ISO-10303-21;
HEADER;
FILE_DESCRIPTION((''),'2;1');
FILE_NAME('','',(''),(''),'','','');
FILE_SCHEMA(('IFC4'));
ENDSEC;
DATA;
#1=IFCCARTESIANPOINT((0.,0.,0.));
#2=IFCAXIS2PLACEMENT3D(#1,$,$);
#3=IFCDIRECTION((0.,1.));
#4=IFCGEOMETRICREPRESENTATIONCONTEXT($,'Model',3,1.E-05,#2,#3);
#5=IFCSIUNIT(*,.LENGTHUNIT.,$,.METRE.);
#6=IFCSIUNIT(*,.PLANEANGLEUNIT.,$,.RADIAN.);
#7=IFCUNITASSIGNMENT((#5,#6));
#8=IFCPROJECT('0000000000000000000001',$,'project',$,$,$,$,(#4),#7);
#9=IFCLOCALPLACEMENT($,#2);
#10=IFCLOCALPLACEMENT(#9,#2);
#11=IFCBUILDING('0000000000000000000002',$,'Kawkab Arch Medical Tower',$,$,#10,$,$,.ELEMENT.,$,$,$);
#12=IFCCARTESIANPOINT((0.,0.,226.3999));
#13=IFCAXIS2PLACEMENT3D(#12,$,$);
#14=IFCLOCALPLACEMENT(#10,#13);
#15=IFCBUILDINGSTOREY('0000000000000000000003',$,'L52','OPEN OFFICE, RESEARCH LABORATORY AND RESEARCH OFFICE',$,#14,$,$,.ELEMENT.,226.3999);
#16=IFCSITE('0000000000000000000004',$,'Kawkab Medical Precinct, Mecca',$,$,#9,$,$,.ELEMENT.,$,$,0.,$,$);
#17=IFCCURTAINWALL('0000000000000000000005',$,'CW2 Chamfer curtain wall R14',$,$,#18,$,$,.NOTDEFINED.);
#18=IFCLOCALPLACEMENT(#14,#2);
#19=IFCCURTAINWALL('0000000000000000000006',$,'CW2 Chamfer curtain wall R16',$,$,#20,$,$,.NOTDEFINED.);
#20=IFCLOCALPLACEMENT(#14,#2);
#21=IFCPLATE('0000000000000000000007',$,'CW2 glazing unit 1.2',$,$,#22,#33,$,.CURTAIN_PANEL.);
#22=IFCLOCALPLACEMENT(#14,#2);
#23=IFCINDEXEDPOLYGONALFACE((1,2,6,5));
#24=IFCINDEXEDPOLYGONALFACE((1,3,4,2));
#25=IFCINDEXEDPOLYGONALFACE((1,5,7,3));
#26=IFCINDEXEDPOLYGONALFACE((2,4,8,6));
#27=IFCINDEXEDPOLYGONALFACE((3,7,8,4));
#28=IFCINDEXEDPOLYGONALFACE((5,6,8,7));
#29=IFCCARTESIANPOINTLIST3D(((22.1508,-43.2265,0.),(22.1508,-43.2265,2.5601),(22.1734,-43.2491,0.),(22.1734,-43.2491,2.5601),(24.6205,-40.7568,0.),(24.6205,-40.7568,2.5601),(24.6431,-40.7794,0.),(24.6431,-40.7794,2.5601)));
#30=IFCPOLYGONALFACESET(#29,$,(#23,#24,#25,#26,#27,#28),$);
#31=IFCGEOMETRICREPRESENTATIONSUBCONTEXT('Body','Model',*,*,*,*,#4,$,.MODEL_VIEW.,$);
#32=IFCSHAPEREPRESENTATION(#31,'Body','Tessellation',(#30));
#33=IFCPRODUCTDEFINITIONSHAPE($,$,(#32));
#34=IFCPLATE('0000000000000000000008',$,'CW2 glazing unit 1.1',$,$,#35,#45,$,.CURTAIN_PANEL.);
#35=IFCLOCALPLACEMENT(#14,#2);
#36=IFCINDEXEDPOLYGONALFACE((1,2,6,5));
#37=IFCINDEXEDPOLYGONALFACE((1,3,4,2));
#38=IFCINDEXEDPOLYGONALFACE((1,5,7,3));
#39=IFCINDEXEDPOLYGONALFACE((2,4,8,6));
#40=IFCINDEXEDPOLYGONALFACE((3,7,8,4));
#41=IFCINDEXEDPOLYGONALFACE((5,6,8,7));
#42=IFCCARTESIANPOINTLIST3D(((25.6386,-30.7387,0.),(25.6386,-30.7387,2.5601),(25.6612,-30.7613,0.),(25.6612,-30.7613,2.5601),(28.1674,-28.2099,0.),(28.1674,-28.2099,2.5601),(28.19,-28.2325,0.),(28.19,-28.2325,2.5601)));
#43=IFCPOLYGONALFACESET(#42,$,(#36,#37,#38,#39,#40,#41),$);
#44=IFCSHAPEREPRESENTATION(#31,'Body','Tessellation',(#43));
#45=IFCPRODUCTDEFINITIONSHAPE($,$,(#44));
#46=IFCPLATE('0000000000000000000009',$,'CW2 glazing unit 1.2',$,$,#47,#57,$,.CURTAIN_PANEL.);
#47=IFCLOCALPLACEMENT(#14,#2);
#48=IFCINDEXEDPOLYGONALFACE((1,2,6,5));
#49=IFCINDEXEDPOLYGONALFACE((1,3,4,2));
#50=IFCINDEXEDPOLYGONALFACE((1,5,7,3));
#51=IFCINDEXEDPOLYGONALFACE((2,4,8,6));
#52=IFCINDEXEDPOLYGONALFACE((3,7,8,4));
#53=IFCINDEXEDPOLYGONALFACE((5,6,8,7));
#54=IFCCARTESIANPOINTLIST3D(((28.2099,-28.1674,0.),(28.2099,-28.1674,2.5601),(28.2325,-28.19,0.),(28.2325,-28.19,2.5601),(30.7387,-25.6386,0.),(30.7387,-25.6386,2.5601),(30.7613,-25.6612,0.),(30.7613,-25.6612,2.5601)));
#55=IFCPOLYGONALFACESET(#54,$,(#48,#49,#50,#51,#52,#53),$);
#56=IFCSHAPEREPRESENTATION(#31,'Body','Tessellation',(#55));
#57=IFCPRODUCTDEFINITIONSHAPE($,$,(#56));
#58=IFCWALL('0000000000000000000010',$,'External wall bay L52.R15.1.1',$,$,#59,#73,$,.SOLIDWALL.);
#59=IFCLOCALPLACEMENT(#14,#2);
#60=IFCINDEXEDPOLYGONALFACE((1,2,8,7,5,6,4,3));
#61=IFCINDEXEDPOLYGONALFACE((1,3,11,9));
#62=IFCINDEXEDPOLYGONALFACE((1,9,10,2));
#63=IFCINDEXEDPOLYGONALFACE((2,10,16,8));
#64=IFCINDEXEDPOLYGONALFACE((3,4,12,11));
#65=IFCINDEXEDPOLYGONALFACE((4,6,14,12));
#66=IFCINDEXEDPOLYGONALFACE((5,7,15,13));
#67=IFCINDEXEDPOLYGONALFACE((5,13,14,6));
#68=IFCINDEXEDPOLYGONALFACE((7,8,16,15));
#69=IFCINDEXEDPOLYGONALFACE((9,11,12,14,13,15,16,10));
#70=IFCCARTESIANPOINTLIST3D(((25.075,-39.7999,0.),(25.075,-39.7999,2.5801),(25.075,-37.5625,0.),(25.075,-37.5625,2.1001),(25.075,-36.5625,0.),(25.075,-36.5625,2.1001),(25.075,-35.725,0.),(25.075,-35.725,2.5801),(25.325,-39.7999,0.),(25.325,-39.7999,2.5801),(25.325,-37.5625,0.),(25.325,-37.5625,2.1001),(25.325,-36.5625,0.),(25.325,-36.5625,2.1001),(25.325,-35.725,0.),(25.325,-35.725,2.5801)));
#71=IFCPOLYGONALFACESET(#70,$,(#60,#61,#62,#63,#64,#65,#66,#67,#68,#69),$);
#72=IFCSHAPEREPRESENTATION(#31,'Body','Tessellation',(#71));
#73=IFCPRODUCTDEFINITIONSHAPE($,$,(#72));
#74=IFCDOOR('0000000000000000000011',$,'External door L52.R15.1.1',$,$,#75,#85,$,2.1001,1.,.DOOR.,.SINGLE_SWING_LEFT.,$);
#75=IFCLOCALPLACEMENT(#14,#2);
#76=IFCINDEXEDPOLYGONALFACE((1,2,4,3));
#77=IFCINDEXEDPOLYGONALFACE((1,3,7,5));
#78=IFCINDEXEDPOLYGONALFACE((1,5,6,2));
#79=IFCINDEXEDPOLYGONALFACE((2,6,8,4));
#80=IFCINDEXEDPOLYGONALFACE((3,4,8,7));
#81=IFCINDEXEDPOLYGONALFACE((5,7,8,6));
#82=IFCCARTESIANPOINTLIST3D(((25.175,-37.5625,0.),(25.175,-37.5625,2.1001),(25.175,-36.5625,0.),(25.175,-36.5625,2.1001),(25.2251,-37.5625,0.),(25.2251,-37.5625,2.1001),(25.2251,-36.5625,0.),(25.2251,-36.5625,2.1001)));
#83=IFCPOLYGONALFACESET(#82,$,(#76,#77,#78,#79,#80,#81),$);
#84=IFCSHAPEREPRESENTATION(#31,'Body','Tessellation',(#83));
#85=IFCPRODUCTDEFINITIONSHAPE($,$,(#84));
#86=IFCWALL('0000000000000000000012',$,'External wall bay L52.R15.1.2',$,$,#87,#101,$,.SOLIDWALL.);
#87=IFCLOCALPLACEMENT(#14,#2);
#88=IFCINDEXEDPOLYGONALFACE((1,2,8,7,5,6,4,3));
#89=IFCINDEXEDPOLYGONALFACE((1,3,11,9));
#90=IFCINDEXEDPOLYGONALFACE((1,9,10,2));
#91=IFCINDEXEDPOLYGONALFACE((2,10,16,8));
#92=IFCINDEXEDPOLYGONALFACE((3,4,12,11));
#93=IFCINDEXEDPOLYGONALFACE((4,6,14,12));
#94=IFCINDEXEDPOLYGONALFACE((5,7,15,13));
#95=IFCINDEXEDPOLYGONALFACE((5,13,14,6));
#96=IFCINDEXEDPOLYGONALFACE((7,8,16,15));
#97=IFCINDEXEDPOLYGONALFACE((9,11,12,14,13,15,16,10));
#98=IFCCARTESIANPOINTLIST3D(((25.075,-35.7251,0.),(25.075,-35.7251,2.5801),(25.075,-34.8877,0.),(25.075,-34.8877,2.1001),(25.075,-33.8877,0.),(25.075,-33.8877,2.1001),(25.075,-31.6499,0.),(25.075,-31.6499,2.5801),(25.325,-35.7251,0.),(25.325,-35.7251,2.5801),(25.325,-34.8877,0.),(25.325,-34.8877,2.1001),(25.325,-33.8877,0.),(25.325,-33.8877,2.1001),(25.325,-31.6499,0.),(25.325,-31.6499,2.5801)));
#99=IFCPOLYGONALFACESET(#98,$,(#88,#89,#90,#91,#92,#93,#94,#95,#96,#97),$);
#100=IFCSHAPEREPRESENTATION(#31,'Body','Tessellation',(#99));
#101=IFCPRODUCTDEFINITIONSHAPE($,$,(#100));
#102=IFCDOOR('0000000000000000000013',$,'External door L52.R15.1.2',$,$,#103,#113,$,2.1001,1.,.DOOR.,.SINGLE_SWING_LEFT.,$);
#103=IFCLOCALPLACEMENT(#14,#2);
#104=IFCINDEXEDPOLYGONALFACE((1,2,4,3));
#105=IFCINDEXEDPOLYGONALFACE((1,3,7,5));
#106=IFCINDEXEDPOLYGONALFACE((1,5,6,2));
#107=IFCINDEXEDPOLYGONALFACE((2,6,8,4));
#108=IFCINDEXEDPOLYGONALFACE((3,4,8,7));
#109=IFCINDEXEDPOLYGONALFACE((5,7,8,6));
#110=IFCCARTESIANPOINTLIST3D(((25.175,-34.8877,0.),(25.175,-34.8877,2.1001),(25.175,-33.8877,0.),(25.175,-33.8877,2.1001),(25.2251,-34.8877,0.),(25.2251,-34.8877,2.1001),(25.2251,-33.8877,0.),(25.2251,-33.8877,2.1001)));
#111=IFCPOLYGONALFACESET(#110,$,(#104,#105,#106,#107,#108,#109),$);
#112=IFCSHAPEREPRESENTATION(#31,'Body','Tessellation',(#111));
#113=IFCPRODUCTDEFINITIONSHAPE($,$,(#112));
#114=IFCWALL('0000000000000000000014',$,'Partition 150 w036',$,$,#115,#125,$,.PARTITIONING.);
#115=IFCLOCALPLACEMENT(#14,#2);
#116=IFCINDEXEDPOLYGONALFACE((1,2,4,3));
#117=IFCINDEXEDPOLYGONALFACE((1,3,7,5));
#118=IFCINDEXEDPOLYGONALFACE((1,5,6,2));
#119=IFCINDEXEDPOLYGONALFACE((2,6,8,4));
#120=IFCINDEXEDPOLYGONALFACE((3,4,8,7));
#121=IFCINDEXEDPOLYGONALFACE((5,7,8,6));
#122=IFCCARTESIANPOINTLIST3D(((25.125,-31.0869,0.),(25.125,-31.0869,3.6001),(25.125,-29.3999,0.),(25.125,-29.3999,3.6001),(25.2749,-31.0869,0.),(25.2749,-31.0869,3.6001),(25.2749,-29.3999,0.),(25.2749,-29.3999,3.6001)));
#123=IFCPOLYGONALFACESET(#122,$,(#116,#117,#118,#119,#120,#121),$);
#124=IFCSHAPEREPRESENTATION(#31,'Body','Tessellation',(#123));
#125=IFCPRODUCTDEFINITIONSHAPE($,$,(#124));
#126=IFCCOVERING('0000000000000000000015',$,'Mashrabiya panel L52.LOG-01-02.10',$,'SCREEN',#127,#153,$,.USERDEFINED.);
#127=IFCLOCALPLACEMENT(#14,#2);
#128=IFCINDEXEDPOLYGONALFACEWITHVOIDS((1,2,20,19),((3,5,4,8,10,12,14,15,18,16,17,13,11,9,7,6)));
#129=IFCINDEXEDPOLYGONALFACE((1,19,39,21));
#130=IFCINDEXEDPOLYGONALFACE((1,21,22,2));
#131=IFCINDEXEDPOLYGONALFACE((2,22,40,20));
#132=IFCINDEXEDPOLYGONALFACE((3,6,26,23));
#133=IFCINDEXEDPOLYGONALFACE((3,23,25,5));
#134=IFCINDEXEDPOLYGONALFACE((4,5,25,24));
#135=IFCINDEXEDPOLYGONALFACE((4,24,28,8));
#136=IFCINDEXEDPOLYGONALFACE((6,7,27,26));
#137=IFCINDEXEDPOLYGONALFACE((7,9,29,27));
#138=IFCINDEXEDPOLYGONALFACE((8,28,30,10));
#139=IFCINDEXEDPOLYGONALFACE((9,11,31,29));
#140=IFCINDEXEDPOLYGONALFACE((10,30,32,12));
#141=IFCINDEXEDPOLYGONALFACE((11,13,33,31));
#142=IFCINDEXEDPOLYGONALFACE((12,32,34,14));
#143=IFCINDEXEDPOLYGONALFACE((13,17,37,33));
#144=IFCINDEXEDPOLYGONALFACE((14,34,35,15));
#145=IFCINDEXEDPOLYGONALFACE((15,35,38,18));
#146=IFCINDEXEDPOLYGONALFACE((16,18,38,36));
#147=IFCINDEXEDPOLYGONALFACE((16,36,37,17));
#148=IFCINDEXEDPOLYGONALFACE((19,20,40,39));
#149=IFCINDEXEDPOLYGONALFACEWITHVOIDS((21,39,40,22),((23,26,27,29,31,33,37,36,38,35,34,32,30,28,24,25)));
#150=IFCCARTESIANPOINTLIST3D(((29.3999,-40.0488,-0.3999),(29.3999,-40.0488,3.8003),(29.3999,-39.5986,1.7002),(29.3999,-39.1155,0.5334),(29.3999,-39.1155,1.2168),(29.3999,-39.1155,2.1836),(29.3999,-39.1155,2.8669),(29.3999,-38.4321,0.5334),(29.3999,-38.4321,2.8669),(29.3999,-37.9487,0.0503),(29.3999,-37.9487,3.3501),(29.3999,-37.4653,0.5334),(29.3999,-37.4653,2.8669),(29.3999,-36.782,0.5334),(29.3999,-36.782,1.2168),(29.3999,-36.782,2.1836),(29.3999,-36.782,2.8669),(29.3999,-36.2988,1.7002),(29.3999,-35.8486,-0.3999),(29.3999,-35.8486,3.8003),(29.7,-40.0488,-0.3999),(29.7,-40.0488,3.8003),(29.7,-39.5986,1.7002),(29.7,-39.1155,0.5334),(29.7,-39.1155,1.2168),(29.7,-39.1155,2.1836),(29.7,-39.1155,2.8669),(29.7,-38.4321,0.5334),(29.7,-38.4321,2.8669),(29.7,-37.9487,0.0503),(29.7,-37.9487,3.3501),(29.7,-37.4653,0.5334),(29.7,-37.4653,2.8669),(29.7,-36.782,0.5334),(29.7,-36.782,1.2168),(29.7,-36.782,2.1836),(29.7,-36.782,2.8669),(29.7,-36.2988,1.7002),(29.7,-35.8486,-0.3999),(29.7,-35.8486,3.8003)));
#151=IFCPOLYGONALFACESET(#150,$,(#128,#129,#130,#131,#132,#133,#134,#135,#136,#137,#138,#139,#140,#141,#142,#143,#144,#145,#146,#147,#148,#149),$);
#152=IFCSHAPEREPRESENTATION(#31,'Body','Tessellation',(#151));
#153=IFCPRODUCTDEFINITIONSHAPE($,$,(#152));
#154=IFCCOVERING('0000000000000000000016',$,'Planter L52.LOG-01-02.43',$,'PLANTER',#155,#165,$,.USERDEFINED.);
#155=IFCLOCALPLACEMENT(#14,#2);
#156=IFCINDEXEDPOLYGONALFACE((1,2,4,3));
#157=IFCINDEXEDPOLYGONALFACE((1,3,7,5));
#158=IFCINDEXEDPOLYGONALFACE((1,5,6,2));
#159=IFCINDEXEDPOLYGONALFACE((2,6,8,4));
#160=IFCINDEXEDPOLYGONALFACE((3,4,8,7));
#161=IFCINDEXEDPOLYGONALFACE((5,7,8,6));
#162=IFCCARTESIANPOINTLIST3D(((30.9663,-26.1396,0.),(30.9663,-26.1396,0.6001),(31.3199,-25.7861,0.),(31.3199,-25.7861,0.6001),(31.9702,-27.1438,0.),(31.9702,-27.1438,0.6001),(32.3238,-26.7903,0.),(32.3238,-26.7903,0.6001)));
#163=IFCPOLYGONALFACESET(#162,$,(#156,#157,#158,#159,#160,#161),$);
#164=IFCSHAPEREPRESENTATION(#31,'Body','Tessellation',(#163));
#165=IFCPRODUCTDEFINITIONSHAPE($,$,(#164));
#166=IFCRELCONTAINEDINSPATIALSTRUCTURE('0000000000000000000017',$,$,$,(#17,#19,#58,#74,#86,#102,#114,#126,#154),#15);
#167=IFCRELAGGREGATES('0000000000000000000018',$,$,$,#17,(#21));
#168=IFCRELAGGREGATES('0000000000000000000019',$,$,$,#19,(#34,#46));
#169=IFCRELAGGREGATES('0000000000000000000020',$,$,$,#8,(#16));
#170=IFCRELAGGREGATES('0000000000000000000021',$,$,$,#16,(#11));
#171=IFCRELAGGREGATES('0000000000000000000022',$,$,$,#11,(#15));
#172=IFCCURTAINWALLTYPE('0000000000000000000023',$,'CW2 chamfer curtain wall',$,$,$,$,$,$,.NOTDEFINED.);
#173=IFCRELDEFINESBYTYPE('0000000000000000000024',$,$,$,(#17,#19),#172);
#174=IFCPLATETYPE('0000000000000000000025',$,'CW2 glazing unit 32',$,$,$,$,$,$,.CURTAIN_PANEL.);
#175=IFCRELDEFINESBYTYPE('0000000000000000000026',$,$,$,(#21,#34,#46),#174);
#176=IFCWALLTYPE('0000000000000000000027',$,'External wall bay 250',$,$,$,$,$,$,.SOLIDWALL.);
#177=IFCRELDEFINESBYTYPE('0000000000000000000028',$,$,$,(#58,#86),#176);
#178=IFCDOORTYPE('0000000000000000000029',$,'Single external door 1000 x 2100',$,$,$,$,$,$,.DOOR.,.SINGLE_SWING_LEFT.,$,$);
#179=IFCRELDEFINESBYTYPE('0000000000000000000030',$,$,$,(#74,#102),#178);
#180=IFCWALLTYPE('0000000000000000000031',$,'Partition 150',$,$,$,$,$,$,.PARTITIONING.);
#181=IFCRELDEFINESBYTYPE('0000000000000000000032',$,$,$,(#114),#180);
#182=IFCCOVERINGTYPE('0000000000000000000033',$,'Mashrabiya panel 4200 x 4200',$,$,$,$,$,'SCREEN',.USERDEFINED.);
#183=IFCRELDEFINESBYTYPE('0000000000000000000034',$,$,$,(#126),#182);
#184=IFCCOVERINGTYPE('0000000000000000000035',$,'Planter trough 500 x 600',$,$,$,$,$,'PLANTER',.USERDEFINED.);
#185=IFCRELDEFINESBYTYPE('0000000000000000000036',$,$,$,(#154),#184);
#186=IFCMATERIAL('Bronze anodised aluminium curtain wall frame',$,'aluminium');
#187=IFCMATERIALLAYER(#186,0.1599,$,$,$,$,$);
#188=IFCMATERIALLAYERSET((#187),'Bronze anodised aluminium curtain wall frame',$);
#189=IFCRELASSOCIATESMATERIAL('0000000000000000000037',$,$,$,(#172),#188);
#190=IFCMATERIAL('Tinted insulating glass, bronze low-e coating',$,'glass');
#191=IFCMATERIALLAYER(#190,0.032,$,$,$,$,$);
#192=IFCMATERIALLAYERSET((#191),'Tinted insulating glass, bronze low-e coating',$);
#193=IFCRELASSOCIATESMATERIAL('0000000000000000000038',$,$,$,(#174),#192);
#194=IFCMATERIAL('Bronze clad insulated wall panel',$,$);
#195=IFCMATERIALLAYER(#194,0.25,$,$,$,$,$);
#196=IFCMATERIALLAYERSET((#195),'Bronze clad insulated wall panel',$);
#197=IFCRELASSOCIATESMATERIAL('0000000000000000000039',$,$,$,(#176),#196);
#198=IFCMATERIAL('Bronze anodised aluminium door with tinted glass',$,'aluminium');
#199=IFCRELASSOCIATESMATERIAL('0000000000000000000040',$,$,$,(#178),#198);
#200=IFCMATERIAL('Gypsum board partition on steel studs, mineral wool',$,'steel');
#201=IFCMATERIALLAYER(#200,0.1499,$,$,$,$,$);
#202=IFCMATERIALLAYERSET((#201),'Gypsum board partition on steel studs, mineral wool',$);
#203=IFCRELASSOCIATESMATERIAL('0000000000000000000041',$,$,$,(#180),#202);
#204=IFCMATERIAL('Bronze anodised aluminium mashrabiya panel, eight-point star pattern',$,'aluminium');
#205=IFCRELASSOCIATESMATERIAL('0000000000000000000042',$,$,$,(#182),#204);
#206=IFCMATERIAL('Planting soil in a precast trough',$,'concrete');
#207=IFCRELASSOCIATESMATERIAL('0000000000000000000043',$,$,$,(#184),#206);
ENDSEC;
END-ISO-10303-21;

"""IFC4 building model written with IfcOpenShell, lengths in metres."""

from ifc_helpers import new_model, si_unit, direction, frame, frame_2d, origin, origin_2d, place, context, subcontext, project, spatial, polyline, rectangle, outline, extrude, material, layer, layer_set, material_profile, profile_set, type_object, element, fill, aggregate, save


model = new_model("IFC4")

# Units and contexts
model_context = context("Model", 3, precision=1e-05, world=origin(), true_north=direction((0.0, 1.0)))
body_context = subcontext(model_context, "Body", "Model", "MODEL_VIEW")
ifc_project = project(units=[si_unit("LENGTHUNIT", "METRE"), si_unit("PLANEANGLEUNIT", "RADIAN")], contexts=[model_context])

# Site, building, storey
site_placement = place(None, origin())
site = spatial("IfcSite", under=ifc_project, at=site_placement, Name="Kawkab Medical Precinct, Mecca", CompositionType="ELEMENT", RefElevation=0.0)
building_placement = place(site_placement, origin())
building = spatial("IfcBuilding", under=site, at=building_placement, Name="Kawkab Arch Medical Tower", CompositionType="ELEMENT")
storey_placement = place(building_placement, frame((0.0, 0.0, 226.3999)))
storey = spatial("IfcBuildingStorey", under=building, at=storey_placement, Name="L52", Description="OPEN OFFICE, RESEARCH LABORATORY AND RESEARCH OFFICE", CompositionType="ELEMENT", Elevation=226.3999)

# Curtain wall
ifc_material_1 = material(Name="Bronze anodised aluminium curtain wall frame", Category="aluminium")
ifc_layer_1 = layer(ifc_material_1, 0.1599)
ifc_layer_set_1 = layer_set([ifc_layer_1], Name="Bronze anodised aluminium curtain wall frame")
curtain_wall_type_1 = type_object("IfcCurtainWallType", Name="CW2 chamfer curtain wall", PredefinedType="NOTDEFINED", material=ifc_layer_set_1)
placement = place(storey_placement, origin())
curtain_wall_1 = element("IfcCurtainWall", 1, at=placement, inside=storey, type_object=curtain_wall_type_1, Name="CW2 Chamfer curtain wall R14", PredefinedType="NOTDEFINED")

# Curtain wall
curtain_wall_2 = element("IfcCurtainWall", 2, at=placement, inside=storey, type_object=curtain_wall_type_1, Name="CW2 Chamfer curtain wall R16", PredefinedType="NOTDEFINED")

# Plates
ifc_material_2 = material(Name="Tinted insulating glass, bronze low-e coating", Category="glass")
ifc_layer_2 = layer(ifc_material_2, 0.032)
ifc_layer_set_2 = layer_set([ifc_layer_2], Name="Tinted insulating glass, bronze low-e coating")
plate_type = type_object("IfcPlateType", Name="CW2 glazing unit 32", PredefinedType="CURTAIN_PANEL", material=ifc_layer_set_2)
plate_1_placement = place(storey_placement, frame((23.397, -42.0029, 0.0), z_axis=(0.0, 0.0, 1.0), x_axis=(0.707107, 0.707107, 0.0)))
plate_1 = element("IfcPlate", 3, at=plate_1_placement, type_object=plate_type, Name="CW2 glazing unit 1.2", PredefinedType="CURTAIN_PANEL", context=body_context, shape_type="SweptSolid", body=[
    extrude(rectangle(XDim=3.4927, YDim=0.032, at=origin_2d()), origin(), (0.0, 0.0, 1.0), 2.5601),
])
aggregate(curtain_wall_1, [plate_1])
plate_2_placement = place(storey_placement, frame((26.9143, -29.4856, 0.0), z_axis=(0.0, 0.0, 1.0), x_axis=(0.707107, 0.707107, 0.0)))
plate_2 = element("IfcPlate", 4, at=plate_2_placement, type_object=plate_type, Name="CW2 glazing unit 1.1", PredefinedType="CURTAIN_PANEL", context=body_context, shape_type="SweptSolid", body=[
    extrude(rectangle(XDim=3.5762, YDim=0.032, at=origin_2d()), origin(), (0.0, 0.0, 1.0), 2.5601),
])
plate_3_placement = place(storey_placement, frame((29.4856, -26.9143, 0.0), z_axis=(0.0, 0.0, 1.0), x_axis=(0.707107, 0.707107, 0.0)))
plate_3 = element("IfcPlate", 5, at=plate_3_placement, type_object=plate_type, Name="CW2 glazing unit 1.2", PredefinedType="CURTAIN_PANEL", context=body_context, shape_type="SweptSolid", body=[
    extrude(rectangle(XDim=3.5762, YDim=0.032, at=origin_2d()), origin(), (0.0, 0.0, 1.0), 2.5601),
])
aggregate(curtain_wall_2, [plate_2, plate_3])

# Walls, openings, doors
ifc_material_3 = material(Name="Bronze clad insulated wall panel")
ifc_layer_3 = layer(ifc_material_3, 0.25)
ifc_layer_set_3 = layer_set([ifc_layer_3], Name="Bronze clad insulated wall panel")
wall_type_1 = type_object("IfcWallType", Name="External wall bay 250", PredefinedType="SOLIDWALL", material=ifc_layer_set_3)
wall_1_placement = place(storey_placement, frame((25.2, -39.8, 0.0), z_axis=(0.0, 0.0, 1.0), x_axis=(0.0, 1.0, 0.0)))
wall_1 = element("IfcWall", 6, at=wall_1_placement, inside=storey, type_object=wall_type_1, Name="External wall bay L52.R15.1.1", PredefinedType="SOLIDWALL", context=body_context, shape_type="SweptSolid", body=[
    extrude(rectangle(XDim=4.075, YDim=0.25, at=frame_2d((2.0376, 0.0))), origin(), (0.0, 0.0, 1.0), 2.5801),
])
opening_1_placement = place(wall_1_placement, frame((2.2375, 0.0, 0.0)))
opening_1 = element("IfcOpeningElement", 7, at=opening_1_placement, cuts=wall_1, PredefinedType="OPENING", context=body_context, shape_type="SweptSolid", body=[
    extrude(rectangle(XDim=1.0, YDim=2.1001, at=frame_2d((0.5, 1.05))), frame((0.0, 0.135, 0.0), z_axis=(0.0, -1.0, 0.0), x_axis=(1.0, 0.0, 0.0)), (0.0, 0.0, 1.0), 0.27),
])
ifc_material_4 = material(Name="Bronze anodised aluminium door with tinted glass", Category="aluminium")
door_type = type_object("IfcDoorType", Name="Single external door 1000 x 2100", OperationType="SINGLE_SWING_LEFT", PredefinedType="DOOR", material=ifc_material_4)
door_1_placement = place(opening_1_placement, origin())
door_1 = element("IfcDoor", 8, at=door_1_placement, inside=storey, type_object=door_type, Name="External door L52.R15.1.1", OperationType="SINGLE_SWING_LEFT", OverallHeight=2.1001, OverallWidth=1.0, PredefinedType="DOOR", context=body_context, shape_type="SweptSolid", body=[
    extrude(rectangle(XDim=1.0, YDim=2.1001, at=frame_2d((0.5, 1.05))), frame((0.0, 0.0249, 0.0), z_axis=(0.0, -1.0, 0.0), x_axis=(1.0, 0.0, 0.0)), (0.0, 0.0, 1.0), 0.05),
])
fill(opening_1, door_1)
wall_2_placement = place(storey_placement, frame((25.2, -35.7251, 0.0), z_axis=(0.0, 0.0, 1.0), x_axis=(0.0, 1.0, 0.0)))
wall_2 = element("IfcWall", 9, at=wall_2_placement, inside=storey, type_object=wall_type_1, Name="External wall bay L52.R15.1.2", PredefinedType="SOLIDWALL", context=body_context, shape_type="SweptSolid", body=[
    extrude(rectangle(XDim=4.0752, YDim=0.25, at=frame_2d((2.0376, 0.0))), origin(), (0.0, 0.0, 1.0), 2.5801),
])
opening_2_placement = place(wall_2_placement, frame((0.8374, 0.0, 0.0)))
opening_2 = element("IfcOpeningElement", 10, at=opening_2_placement, cuts=wall_2, PredefinedType="OPENING", context=body_context, shape_type="SweptSolid", body=[
    extrude(rectangle(XDim=1.0, YDim=2.1001, at=frame_2d((0.5, 1.05))), frame((0.0, 0.135, 0.0), z_axis=(0.0, -1.0, 0.0), x_axis=(1.0, 0.0, 0.0)), (0.0, 0.0, 1.0), 0.27),
])
door_2_placement = place(opening_2_placement, origin())
door_2 = element("IfcDoor", 11, at=door_2_placement, inside=storey, type_object=door_type, Name="External door L52.R15.1.2", OperationType="SINGLE_SWING_LEFT", OverallHeight=2.1001, OverallWidth=1.0, PredefinedType="DOOR", context=body_context, shape_type="SweptSolid", body=[
    extrude(rectangle(XDim=1.0, YDim=2.1001, at=frame_2d((0.5, 1.05))), frame((0.0, 0.0249, 0.0), z_axis=(0.0, -1.0, 0.0), x_axis=(1.0, 0.0, 0.0)), (0.0, 0.0, 1.0), 0.05),
])
fill(opening_2, door_2)

# Wall
ifc_material_5 = material(Name="Gypsum board partition on steel studs, mineral wool", Category="steel")
ifc_layer_4 = layer(ifc_material_5, 0.1499)
ifc_layer_set_4 = layer_set([ifc_layer_4], Name="Gypsum board partition on steel studs, mineral wool")
wall_type_2 = type_object("IfcWallType", Name="Partition 150", PredefinedType="PARTITIONING", material=ifc_layer_set_4)
wall_3_placement = place(storey_placement, frame((25.2, -31.0869, 0.0), z_axis=(0.0, 0.0, 1.0), x_axis=(0.0, 1.0, 0.0)))
element("IfcWall", 12, at=wall_3_placement, inside=storey, type_object=wall_type_2, Name="Partition 150 w036", PredefinedType="PARTITIONING", context=body_context, shape_type="SweptSolid", body=[
    extrude(rectangle(XDim=1.687, YDim=0.1499, at=frame_2d((0.8435, 0.0))), origin(), (0.0, 0.0, 1.0), 3.6001),
])

# Coverings
ifc_material_6 = material(Name="Bronze anodised aluminium mashrabiya panel, eight-point star pattern", Category="aluminium")
ifc_material_profile_1 = material_profile(ifc_material_6, outline(polyline([(-2.1001, -2.1001), (2.1001, -2.1001), (2.1001, 2.1001), (-2.1001, 2.1001), (-2.1001, -2.1001)]), holes=[polyline([(1.6499, 0.0), (1.1667, 0.4834), (1.1667, 1.1667), (0.4834, 1.1667), (0.0, 1.6499), (-0.4834, 1.1667), (-1.1667, 1.1667), (-1.1667, 0.4834), (-1.6499, 0.0), (-1.1667, -0.4834), (-1.1667, -1.1667), (-0.4834, -1.1667), (0.0, -1.6499), (0.4834, -1.1667), (1.1667, -1.1667), (1.1667, -0.4834), (1.6499, 0.0)])]), Name="Mashrabiya panel 4200x4200")
ifc_profile_set_1 = profile_set([ifc_material_profile_1], Name="Bronze anodised aluminium mashrabiya panel, eight-point star pattern")
covering_type_1 = type_object("IfcCoveringType", Name="Mashrabiya panel 4200 x 4200", ElementType="SCREEN", PredefinedType="USERDEFINED", material=ifc_profile_set_1)
covering_1_placement = place(storey_placement, frame((29.3999, -37.9487, 1.7002), z_axis=(1.0, 0.0, 0.0), x_axis=(0.0, 1.0, 0.0)))
element("IfcCovering", 13, at=covering_1_placement, inside=storey, type_object=covering_type_1, Name="Mashrabiya panel L52.LOG-01-02.10", ObjectType="SCREEN", PredefinedType="USERDEFINED", context=body_context, shape_type="SweptSolid", body=[
    extrude(outline(polyline([(-2.1001, -2.1001), (2.1001, -2.1001), (2.1001, 2.1001), (-2.1001, 2.1001), (-2.1001, -2.1001)]), holes=[polyline([(1.6499, 0.0), (1.1667, 0.4834), (1.1667, 1.1667), (0.4834, 1.1667), (0.0, 1.6499), (-0.4834, 1.1667), (-1.1667, 1.1667), (-1.1667, 0.4834), (-1.6499, 0.0), (-1.1667, -0.4834), (-1.1667, -1.1667), (-0.4834, -1.1667), (0.0, -1.6499), (0.4834, -1.1667), (1.1667, -1.1667), (1.1667, -0.4834), (1.6499, 0.0)])]), origin(), (0.0, 0.0, 1.0), 0.3),
])
ifc_material_7 = material(Name="Planting soil in a precast trough", Category="concrete")
ifc_material_profile_2 = material_profile(ifc_material_7, rectangle(XDim=0.5, YDim=0.6001, at=origin_2d()), Name="Trough 500x600")
ifc_profile_set_2 = profile_set([ifc_material_profile_2], Name="Planting soil in a precast trough")
covering_type_2 = type_object("IfcCoveringType", Name="Planter trough 500 x 600", ElementType="PLANTER", PredefinedType="USERDEFINED", material=ifc_profile_set_2)
covering_2_placement = place(storey_placement, frame((31.1431, -25.9629, 0.3), z_axis=(0.707021, -0.707193, 0.0), x_axis=(0.707193, 0.707021, 0.0)))
element("IfcCovering", 14, at=covering_2_placement, inside=storey, type_object=covering_type_2, Name="Planter L52.LOG-01-02.43", ObjectType="PLANTER", PredefinedType="USERDEFINED", context=body_context, shape_type="SweptSolid", body=[
    extrude(rectangle(XDim=0.5, YDim=0.6001, at=origin_2d()), origin(), (0.0, 0.0, 1.0), 1.4199),
])

save(model, "model.ifc")
